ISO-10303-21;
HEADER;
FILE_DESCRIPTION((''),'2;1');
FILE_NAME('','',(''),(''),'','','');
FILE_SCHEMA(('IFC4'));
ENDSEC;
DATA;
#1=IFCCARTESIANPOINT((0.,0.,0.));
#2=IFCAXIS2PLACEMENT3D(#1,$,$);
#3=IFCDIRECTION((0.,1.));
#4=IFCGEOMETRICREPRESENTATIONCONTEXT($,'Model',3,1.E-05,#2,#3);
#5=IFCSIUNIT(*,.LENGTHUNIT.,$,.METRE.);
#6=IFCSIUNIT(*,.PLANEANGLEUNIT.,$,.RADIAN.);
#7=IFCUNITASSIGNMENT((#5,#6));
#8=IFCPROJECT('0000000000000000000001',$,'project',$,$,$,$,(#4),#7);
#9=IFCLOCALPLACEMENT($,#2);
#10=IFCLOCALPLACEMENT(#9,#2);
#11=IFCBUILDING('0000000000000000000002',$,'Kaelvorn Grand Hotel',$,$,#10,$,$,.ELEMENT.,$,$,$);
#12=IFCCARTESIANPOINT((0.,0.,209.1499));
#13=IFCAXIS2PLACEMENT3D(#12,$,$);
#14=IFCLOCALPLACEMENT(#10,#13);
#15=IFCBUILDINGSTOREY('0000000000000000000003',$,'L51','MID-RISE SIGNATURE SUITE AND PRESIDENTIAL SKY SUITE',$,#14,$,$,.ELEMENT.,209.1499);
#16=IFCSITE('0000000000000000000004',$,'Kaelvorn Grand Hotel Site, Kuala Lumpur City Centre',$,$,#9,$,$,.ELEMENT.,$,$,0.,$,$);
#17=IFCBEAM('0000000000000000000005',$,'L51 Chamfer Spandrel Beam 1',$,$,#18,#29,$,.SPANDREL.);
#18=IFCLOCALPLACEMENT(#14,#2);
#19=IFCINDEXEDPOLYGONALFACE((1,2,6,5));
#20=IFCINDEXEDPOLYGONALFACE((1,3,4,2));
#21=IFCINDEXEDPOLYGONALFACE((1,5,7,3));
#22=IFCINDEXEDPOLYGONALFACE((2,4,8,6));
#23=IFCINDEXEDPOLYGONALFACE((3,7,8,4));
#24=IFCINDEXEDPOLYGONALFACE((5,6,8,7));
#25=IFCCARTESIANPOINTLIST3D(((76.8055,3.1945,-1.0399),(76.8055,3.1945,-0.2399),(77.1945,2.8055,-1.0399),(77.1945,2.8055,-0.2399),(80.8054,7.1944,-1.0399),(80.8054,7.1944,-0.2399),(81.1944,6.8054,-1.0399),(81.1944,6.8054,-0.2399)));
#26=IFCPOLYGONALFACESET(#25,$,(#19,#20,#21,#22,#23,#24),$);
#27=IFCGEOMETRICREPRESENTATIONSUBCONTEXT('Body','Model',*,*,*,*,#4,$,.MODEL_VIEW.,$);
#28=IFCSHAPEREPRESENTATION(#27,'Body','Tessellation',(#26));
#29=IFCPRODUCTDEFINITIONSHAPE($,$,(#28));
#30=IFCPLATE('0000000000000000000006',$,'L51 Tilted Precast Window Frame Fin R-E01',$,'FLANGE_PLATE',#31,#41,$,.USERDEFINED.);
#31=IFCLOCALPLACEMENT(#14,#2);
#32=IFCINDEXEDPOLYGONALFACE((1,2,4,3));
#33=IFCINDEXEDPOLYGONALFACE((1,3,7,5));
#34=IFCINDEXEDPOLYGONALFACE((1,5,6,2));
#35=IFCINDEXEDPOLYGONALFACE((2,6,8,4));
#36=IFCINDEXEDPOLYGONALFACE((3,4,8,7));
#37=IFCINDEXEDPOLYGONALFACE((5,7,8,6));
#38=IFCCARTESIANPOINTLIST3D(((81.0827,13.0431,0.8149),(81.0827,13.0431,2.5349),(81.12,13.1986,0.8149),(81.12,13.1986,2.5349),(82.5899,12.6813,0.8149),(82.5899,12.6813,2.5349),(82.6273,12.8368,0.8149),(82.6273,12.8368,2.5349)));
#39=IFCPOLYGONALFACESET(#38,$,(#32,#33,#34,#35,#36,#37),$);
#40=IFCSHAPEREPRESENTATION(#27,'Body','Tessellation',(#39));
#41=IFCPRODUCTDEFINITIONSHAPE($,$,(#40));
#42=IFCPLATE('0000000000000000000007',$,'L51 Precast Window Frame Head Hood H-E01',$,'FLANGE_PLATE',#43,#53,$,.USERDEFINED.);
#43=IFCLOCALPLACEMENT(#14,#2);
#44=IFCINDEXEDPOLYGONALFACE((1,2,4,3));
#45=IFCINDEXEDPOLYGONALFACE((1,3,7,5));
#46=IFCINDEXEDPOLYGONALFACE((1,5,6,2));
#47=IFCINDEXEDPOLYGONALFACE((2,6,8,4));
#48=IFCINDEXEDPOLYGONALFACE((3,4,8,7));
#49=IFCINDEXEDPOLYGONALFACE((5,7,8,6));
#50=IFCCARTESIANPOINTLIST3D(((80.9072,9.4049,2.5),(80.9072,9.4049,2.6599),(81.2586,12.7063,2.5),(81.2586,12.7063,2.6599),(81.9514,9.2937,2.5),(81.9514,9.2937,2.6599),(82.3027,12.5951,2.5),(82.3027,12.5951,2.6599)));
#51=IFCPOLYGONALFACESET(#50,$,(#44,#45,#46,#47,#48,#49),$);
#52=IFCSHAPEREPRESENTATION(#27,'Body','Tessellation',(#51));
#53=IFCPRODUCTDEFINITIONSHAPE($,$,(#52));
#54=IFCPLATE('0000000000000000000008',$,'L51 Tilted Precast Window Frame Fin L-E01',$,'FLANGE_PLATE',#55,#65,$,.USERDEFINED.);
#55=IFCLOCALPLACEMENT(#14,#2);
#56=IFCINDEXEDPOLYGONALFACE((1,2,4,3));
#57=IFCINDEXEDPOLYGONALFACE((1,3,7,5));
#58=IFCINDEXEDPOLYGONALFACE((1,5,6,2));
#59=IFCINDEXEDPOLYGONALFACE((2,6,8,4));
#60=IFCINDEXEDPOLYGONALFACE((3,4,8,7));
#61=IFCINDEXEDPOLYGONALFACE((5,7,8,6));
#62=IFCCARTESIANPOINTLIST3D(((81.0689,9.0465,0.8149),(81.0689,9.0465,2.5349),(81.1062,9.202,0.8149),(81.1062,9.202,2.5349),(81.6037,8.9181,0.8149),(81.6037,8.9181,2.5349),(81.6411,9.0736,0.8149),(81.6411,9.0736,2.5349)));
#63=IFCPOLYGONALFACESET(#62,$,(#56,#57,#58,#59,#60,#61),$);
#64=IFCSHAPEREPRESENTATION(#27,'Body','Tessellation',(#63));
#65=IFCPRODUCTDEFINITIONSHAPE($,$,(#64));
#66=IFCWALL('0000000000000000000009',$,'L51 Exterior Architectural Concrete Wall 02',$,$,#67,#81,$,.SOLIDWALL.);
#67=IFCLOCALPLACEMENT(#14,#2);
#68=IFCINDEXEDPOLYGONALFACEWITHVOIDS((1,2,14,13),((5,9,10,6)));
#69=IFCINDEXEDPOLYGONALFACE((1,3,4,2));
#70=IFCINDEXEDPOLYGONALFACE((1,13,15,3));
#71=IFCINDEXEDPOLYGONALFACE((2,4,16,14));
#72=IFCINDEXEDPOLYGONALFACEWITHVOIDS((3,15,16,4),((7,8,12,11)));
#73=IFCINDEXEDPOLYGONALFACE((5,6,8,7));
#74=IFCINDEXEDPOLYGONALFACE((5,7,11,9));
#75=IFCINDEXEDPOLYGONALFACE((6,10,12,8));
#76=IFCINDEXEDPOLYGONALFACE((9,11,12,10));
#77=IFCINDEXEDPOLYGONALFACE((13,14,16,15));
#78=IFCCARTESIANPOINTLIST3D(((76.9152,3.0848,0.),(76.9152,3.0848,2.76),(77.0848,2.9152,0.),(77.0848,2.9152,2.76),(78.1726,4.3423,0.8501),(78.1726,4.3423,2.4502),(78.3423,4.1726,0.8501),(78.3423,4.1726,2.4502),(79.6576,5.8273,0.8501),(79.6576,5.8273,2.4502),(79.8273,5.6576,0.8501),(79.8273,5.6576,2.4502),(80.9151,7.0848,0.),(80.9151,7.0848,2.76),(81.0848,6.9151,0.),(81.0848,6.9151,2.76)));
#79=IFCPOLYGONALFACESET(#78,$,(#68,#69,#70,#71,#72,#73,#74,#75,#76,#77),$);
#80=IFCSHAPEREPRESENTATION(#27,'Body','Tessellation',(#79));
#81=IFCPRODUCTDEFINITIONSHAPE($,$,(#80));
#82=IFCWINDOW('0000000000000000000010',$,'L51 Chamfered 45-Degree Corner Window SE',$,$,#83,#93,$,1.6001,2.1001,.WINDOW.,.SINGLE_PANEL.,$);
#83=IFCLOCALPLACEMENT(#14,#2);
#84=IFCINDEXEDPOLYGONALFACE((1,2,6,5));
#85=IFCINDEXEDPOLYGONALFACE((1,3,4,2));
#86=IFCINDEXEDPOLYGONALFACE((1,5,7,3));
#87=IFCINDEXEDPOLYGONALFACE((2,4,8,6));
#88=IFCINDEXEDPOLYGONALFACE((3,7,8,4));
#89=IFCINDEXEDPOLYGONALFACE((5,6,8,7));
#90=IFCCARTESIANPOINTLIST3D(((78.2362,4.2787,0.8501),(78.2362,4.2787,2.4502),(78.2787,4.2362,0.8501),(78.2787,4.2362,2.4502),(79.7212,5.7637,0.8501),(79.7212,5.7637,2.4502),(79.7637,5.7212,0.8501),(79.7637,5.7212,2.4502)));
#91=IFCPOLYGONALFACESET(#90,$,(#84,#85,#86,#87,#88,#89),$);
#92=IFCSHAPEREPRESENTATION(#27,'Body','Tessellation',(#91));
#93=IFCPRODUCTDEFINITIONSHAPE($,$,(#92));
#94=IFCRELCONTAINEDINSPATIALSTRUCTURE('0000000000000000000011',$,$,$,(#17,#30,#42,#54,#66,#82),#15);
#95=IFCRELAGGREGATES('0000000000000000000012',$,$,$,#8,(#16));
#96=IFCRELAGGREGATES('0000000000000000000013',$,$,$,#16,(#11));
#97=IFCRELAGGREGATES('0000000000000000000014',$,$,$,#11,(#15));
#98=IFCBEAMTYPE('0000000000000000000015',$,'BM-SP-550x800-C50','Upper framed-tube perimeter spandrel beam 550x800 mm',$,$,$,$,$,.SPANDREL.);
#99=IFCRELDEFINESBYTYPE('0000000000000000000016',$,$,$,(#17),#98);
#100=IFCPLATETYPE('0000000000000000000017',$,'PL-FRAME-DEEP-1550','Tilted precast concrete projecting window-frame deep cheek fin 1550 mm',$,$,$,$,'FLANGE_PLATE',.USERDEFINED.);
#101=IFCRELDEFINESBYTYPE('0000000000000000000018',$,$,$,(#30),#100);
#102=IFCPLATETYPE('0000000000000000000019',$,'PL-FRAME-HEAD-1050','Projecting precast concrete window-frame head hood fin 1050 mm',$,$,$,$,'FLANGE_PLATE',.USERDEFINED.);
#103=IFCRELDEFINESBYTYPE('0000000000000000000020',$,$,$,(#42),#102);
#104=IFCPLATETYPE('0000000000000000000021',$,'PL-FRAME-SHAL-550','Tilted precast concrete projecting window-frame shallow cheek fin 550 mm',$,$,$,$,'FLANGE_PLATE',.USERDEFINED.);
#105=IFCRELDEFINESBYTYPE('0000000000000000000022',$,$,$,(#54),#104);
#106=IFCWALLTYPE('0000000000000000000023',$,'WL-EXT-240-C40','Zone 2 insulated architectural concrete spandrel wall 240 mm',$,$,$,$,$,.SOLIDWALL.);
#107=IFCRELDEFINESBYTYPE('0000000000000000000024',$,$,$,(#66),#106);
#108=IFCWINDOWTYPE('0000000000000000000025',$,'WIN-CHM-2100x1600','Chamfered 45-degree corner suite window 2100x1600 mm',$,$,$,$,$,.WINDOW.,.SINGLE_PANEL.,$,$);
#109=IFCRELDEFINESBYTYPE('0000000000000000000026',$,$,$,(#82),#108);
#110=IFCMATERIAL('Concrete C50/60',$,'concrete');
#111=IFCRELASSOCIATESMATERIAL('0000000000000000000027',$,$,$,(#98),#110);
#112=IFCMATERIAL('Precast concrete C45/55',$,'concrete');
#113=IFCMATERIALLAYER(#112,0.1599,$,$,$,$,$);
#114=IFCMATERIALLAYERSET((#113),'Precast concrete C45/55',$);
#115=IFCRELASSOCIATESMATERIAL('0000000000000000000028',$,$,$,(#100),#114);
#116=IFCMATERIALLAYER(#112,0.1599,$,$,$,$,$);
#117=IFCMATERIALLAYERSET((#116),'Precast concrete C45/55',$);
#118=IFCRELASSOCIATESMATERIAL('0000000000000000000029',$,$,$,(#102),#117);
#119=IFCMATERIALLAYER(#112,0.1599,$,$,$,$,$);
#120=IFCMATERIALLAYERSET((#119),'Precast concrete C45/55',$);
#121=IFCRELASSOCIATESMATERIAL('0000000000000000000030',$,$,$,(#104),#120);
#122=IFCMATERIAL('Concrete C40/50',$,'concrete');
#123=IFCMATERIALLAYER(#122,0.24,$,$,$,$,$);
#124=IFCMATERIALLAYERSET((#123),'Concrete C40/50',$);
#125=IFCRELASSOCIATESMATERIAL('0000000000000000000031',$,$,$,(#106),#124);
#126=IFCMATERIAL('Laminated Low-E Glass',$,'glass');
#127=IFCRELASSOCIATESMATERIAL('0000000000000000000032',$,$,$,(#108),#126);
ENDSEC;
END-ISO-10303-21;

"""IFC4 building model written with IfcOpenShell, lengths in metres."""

from ifc_helpers import new_model, si_unit, direction, frame, frame_2d, origin, origin_2d, place, context, subcontext, project, spatial, rectangle, extrude, material, layer, layer_set, material_profile, profile_set, type_object, element, fill, save


model = new_model("IFC4")

# Units and contexts
model_context = context("Model", 3, precision=1e-05, world=origin(), true_north=direction((0.0, 1.0)))
body_context = subcontext(model_context, "Body", "Model", "MODEL_VIEW")
ifc_project = project(units=[si_unit("LENGTHUNIT", "METRE"), si_unit("PLANEANGLEUNIT", "RADIAN")], contexts=[model_context])

# Site, building, storey
site_placement = place(None, origin())
site = spatial("IfcSite", under=ifc_project, at=site_placement, Name="Kaelvorn Grand Hotel Site, Kuala Lumpur City Centre", CompositionType="ELEMENT", RefElevation=0.0)
building_placement = place(site_placement, origin())
building = spatial("IfcBuilding", under=site, at=building_placement, Name="Kaelvorn Grand Hotel", CompositionType="ELEMENT")
storey_placement = place(building_placement, frame((0.0, 0.0, 209.1499)))
storey = spatial("IfcBuildingStorey", under=building, at=storey_placement, Name="L51", Description="MID-RISE SIGNATURE SUITE AND PRESIDENTIAL SKY SUITE", CompositionType="ELEMENT", Elevation=209.1499)

# Beam
ifc_material_1 = material(Name="Concrete C40/50", Category="concrete")
ifc_material_2 = material(Name="Concrete C50/60", Category="concrete")
ifc_material_profile_1 = material_profile(ifc_material_2, rectangle(XDim=0.55, YDim=0.8, at=origin_2d()), Name="RC SPANDREL 550x800")
ifc_profile_set_1 = profile_set([ifc_material_profile_1], Name="Concrete C50/60")
beam_type_1 = type_object("IfcBeamType", Name="BM-SP-550x800-C50", Description="Upper framed-tube perimeter spandrel beam 550x800 mm", PredefinedType="SPANDREL", material=ifc_profile_set_1)
beam_1_placement = place(storey_placement, frame((77.0, 3.0, -0.6399), z_axis=(0.707107, 0.707107, 0.0), x_axis=(-0.707107, 0.707107, 0.0)))
element("IfcBeam", 1, at=beam_1_placement, inside=storey, type_object=beam_type_1, Name="L51 Chamfer Spandrel Beam 1", PredefinedType="SPANDREL", context=body_context, shape_type="SweptSolid", body=[
    extrude(rectangle(XDim=0.55, YDim=0.8, at=origin_2d()), origin(), (0.0, 0.0, 1.0), 5.6567),
])

# Plates
ifc_material_3 = material(Name="Precast concrete C45/55", Category="concrete")
ifc_layer_1 = layer(ifc_material_3, 0.1599)
ifc_layer_set_1 = layer_set([ifc_layer_1], Name="Precast concrete C45/55")
plate_type_1 = type_object("IfcPlateType", Name="PL-FRAME-DEEP-1550", Description="Tilted precast concrete projecting window-frame deep cheek fin 1550 mm", ElementType="FLANGE_PLATE", PredefinedType="USERDEFINED", material=ifc_layer_set_1)
plate_1_placement = place(storey_placement, frame((81.855, 12.9399, 0.8149), z_axis=(0.0, 0.0, 1.0), x_axis=(0.233445, 0.97237, 0.0)))
element("IfcPlate", 2, at=plate_1_placement, inside=storey, type_object=plate_type_1, Name="L51 Tilted Precast Window Frame Fin R-E01", ObjectType="FLANGE_PLATE", PredefinedType="USERDEFINED", context=body_context, shape_type="SweptSolid", body=[
    extrude(rectangle(XDim=0.1599, YDim=1.55, at=origin_2d()), origin(), (0.0, 0.0, 1.0), 1.72),
])
ifc_layer_2 = layer(ifc_material_3, 0.1599)
ifc_layer_set_2 = layer_set([ifc_layer_2], Name="Precast concrete C45/55")
plate_type_2 = type_object("IfcPlateType", Name="PL-FRAME-HEAD-1050", Description="Projecting precast concrete window-frame head hood fin 1050 mm", ElementType="FLANGE_PLATE", PredefinedType="USERDEFINED", material=ifc_layer_set_2)
plate_2_placement = place(storey_placement, frame((81.605, 11.0, 2.5), z_axis=(0.0, 0.0, 1.0), x_axis=(0.10583, 0.994384, 0.0)))
element("IfcPlate", 3, at=plate_2_placement, inside=storey, type_object=plate_type_2, Name="L51 Precast Window Frame Head Hood H-E01", ObjectType="FLANGE_PLATE", PredefinedType="USERDEFINED", context=body_context, shape_type="SweptSolid", body=[
    extrude(rectangle(XDim=3.3201, YDim=1.05, at=origin_2d()), origin(), (0.0, 0.0, 1.0), 0.1599),
])
ifc_layer_3 = layer(ifc_material_3, 0.1599)
ifc_layer_set_3 = layer_set([ifc_layer_3], Name="Precast concrete C45/55")
plate_type_3 = type_object("IfcPlateType", Name="PL-FRAME-SHAL-550", Description="Tilted precast concrete projecting window-frame shallow cheek fin 550 mm", ElementType="FLANGE_PLATE", PredefinedType="USERDEFINED", material=ifc_layer_set_3)
plate_3_placement = place(storey_placement, frame((81.355, 9.0601, 0.8149), z_axis=(0.0, 0.0, 1.0), x_axis=(0.233445, 0.97237, 0.0)))
element("IfcPlate", 4, at=plate_3_placement, inside=storey, type_object=plate_type_3, Name="L51 Tilted Precast Window Frame Fin L-E01", ObjectType="FLANGE_PLATE", PredefinedType="USERDEFINED", context=body_context, shape_type="SweptSolid", body=[
    extrude(rectangle(XDim=0.1599, YDim=0.55, at=origin_2d()), origin(), (0.0, 0.0, 1.0), 1.72),
])

# Wall, opening, window
ifc_layer_4 = layer(ifc_material_1, 0.24)
ifc_layer_set_4 = layer_set([ifc_layer_4], Name="Concrete C40/50")
wall_type_1 = type_object("IfcWallType", Name="WL-EXT-240-C40", Description="Zone 2 insulated architectural concrete spandrel wall 240 mm", PredefinedType="SOLIDWALL", material=ifc_layer_set_4)
wall_1_placement = place(storey_placement, frame((77.0, 3.0, 0.0), z_axis=(0.0, 0.0, 1.0), x_axis=(0.707107, 0.707107, 0.0)))
wall_1 = element("IfcWall", 5, at=wall_1_placement, inside=storey, type_object=wall_type_1, Name="L51 Exterior Architectural Concrete Wall 02", PredefinedType="SOLIDWALL", context=body_context, shape_type="SweptSolid", body=[
    extrude(rectangle(XDim=5.6567, YDim=0.24, at=frame_2d((2.8284, 0.0))), origin(), (0.0, 0.0, 1.0), 2.76),
])
opening_1_placement = place(wall_1_placement, frame((1.7783, 0.0, 0.8501)))
opening_1 = element("IfcOpeningElement", 6, at=opening_1_placement, cuts=wall_1, PredefinedType="OPENING", context=body_context, shape_type="SweptSolid", body=[
    extrude(rectangle(XDim=2.1001, YDim=1.6001, at=frame_2d((1.05, 0.8))), frame((0.0, 0.1299, 0.0), z_axis=(0.0, -1.0, 0.0), x_axis=(1.0, 0.0, 0.0)), (0.0, 0.0, 1.0), 0.26),
])
ifc_material_4 = material(Name="Laminated Low-E Glass", Category="glass")
window_type_1 = type_object("IfcWindowType", Name="WIN-CHM-2100x1600", Description="Chamfered 45-degree corner suite window 2100x1600 mm", PartitioningType="SINGLE_PANEL", PredefinedType="WINDOW", material=ifc_material_4)
window_1_placement = place(opening_1_placement, origin())
window_1 = element("IfcWindow", 7, at=window_1_placement, inside=storey, type_object=window_type_1, Name="L51 Chamfered 45-Degree Corner Window SE", OverallHeight=1.6001, OverallWidth=2.1001, PartitioningType="SINGLE_PANEL", PredefinedType="WINDOW", context=body_context, shape_type="SweptSolid", body=[
    extrude(rectangle(XDim=2.1001, YDim=1.6001, at=frame_2d((1.05, 0.8))), frame((0.0, 0.03, 0.0), z_axis=(0.0, -1.0, 0.0), x_axis=(1.0, 0.0, 0.0)), (0.0, 0.0, 1.0), 0.0601),
])
fill(opening_1, window_1)

save(model, "model.ifc")
